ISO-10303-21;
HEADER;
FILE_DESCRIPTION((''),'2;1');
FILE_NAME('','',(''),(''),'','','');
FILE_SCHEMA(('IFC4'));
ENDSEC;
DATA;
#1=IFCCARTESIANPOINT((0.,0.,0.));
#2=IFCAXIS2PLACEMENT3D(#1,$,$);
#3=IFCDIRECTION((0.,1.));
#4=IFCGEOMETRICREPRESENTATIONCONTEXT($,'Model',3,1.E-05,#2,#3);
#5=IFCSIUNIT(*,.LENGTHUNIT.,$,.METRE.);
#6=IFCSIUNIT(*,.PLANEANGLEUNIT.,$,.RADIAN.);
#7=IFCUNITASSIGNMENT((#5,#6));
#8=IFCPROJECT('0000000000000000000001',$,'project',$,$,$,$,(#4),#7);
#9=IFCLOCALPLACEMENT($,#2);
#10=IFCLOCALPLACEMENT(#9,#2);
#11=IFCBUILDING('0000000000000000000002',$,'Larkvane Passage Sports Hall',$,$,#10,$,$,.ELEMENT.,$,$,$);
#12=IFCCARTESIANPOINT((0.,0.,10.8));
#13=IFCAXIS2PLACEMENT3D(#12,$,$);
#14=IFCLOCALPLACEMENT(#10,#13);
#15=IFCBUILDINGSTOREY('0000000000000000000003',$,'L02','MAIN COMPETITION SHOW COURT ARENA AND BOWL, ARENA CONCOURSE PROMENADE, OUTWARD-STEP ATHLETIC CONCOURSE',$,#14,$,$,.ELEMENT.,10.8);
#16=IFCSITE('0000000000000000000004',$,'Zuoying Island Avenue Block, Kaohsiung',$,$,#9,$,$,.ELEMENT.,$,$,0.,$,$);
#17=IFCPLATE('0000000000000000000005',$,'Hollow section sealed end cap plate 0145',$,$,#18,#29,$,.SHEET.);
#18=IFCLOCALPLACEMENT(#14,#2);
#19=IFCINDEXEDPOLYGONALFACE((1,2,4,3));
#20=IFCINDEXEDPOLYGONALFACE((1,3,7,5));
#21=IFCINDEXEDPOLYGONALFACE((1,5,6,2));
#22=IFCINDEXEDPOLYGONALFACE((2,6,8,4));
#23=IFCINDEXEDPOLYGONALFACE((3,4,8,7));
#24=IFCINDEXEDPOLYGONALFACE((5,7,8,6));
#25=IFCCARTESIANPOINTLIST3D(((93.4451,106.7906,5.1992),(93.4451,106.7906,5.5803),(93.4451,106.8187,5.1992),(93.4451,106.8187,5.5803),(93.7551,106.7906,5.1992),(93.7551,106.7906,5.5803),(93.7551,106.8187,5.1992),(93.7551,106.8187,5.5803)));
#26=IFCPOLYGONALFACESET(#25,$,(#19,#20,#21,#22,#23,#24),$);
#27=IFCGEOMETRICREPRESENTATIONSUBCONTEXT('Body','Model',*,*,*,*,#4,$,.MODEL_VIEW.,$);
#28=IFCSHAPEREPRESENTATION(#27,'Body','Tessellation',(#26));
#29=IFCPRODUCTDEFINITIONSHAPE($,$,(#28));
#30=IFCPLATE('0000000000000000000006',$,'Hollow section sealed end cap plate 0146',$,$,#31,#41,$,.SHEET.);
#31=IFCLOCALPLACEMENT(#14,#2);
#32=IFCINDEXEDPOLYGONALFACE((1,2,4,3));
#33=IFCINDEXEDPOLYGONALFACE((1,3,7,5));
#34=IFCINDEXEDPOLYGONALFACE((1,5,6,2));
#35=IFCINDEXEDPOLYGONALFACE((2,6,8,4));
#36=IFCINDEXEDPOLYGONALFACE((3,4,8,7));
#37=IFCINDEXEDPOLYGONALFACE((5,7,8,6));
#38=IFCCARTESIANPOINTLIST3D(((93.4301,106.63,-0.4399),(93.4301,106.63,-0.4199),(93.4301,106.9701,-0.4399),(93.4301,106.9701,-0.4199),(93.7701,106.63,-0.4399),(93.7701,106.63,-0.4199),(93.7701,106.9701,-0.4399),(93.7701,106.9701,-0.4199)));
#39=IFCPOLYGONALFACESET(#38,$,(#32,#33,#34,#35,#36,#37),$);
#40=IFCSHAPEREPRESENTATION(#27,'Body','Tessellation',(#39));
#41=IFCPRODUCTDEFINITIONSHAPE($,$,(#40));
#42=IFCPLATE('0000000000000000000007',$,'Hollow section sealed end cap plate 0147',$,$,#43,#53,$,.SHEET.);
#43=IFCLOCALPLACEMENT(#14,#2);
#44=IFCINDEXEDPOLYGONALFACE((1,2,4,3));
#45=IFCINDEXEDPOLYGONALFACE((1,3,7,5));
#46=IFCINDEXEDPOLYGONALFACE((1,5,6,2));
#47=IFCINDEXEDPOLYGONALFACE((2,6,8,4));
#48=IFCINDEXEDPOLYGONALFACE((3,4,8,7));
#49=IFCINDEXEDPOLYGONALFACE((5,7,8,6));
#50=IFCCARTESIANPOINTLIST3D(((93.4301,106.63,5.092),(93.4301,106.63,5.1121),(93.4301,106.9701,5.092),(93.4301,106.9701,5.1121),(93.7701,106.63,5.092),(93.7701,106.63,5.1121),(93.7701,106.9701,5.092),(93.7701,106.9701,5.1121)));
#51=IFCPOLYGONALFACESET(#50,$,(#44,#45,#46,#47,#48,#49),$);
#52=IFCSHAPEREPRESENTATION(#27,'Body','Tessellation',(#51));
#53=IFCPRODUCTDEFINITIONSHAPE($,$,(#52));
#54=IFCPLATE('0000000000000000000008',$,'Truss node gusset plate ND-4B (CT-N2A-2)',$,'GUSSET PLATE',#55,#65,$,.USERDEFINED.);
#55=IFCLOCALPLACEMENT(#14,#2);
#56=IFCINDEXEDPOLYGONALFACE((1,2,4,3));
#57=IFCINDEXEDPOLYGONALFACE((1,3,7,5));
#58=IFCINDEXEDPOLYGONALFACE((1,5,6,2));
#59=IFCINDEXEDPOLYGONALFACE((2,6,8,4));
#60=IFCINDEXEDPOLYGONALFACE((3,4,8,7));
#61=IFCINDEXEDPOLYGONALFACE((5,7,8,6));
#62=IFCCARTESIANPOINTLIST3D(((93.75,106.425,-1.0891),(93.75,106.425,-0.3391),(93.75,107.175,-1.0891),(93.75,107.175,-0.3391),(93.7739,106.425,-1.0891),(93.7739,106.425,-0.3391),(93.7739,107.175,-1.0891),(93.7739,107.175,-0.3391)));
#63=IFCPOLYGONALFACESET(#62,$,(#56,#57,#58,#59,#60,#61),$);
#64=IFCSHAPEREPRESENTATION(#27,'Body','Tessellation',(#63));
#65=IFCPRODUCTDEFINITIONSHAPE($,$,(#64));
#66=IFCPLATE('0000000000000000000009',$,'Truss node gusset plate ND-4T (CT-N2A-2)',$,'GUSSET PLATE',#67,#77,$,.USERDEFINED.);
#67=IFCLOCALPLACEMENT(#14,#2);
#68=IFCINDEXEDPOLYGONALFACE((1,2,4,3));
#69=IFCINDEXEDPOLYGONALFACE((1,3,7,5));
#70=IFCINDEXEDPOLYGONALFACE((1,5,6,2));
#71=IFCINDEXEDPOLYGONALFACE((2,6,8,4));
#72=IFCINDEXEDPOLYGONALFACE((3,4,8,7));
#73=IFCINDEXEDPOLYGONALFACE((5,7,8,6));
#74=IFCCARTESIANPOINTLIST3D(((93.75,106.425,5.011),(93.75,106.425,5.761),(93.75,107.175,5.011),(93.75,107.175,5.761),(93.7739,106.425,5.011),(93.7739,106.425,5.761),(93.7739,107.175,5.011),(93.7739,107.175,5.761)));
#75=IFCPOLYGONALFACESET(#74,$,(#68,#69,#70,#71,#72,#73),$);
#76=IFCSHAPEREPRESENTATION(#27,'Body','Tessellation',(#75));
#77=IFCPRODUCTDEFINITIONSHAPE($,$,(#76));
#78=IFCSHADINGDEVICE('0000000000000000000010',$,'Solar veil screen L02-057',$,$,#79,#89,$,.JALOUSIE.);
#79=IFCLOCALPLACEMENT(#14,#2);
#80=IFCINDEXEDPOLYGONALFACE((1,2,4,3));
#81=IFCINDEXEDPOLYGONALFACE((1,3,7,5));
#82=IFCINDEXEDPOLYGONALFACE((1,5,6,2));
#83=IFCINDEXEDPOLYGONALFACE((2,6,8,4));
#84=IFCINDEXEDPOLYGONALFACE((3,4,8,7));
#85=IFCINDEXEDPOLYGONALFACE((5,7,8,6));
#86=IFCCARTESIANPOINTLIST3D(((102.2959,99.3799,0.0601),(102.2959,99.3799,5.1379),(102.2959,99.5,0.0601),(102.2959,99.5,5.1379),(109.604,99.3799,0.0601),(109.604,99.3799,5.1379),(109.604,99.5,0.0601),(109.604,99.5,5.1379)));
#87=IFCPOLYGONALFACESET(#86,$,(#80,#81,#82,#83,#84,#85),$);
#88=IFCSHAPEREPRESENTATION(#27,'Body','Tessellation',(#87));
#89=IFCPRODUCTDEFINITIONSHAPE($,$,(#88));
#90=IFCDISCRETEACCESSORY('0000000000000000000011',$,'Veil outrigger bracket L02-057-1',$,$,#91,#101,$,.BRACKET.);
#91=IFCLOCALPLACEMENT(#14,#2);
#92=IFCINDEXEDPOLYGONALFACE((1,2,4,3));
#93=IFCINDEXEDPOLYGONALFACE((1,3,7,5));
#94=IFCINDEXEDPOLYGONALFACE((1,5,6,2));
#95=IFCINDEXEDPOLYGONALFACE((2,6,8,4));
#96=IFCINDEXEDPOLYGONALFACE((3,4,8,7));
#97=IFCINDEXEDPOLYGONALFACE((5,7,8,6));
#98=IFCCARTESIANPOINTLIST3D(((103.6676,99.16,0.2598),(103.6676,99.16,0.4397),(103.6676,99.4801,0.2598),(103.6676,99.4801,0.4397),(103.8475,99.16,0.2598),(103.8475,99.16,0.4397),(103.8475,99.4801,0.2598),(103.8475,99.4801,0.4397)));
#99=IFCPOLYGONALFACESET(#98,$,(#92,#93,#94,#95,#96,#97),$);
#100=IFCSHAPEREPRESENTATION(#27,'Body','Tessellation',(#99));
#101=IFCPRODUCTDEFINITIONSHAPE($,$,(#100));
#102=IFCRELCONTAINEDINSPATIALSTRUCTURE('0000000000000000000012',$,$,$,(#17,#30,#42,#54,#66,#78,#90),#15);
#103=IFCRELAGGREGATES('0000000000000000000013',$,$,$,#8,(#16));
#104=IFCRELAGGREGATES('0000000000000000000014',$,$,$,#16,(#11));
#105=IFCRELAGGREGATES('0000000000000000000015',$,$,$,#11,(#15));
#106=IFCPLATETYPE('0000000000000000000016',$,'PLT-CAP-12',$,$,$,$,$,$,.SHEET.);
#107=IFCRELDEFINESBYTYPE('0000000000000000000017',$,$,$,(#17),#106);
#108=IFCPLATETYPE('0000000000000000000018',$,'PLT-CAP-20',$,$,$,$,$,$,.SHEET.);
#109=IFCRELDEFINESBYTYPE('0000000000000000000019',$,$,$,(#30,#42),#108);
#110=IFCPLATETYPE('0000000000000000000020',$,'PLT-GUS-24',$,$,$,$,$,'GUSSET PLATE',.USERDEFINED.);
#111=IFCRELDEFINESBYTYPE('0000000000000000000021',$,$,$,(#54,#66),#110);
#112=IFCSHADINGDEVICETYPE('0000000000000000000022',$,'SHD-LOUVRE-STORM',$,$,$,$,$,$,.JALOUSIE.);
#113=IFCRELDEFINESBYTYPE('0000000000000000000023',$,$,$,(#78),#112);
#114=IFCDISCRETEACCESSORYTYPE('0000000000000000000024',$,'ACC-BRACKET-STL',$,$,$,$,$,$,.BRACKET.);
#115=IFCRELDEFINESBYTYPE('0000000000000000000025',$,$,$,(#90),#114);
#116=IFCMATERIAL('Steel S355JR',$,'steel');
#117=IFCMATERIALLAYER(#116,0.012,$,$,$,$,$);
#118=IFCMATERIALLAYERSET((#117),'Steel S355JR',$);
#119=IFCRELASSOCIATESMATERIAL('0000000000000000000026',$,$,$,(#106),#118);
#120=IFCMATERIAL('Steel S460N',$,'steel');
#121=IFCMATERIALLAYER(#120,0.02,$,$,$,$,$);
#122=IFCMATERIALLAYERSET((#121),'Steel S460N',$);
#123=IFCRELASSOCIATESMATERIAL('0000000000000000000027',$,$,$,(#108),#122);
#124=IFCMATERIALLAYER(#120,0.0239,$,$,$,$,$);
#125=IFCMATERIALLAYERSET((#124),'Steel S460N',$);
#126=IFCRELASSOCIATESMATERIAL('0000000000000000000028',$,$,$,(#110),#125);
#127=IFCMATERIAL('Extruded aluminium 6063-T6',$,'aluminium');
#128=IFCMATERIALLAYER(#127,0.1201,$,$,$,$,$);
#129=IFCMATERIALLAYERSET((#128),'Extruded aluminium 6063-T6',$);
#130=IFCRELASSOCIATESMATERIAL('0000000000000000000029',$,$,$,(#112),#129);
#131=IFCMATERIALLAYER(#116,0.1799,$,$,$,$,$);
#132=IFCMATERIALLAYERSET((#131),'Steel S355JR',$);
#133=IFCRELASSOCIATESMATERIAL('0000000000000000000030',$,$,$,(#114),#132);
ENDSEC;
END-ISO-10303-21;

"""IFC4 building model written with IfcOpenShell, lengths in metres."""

from ifc_helpers import new_model, si_unit, direction, frame, origin, origin_2d, place, context, subcontext, project, spatial, rectangle, extrude, material, layer, layer_set, type_object, element, save


model = new_model("IFC4")

# Units and contexts
model_context = context("Model", 3, precision=1e-05, world=origin(), true_north=direction((0.0, 1.0)))
body_context = subcontext(model_context, "Body", "Model", "MODEL_VIEW")
ifc_project = project(units=[si_unit("LENGTHUNIT", "METRE"), si_unit("PLANEANGLEUNIT", "RADIAN")], contexts=[model_context])

# Site, building, storey
site_placement = place(None, origin())
site = spatial("IfcSite", under=ifc_project, at=site_placement, Name="Zuoying Island Avenue Block, Kaohsiung", CompositionType="ELEMENT", RefElevation=0.0)
building_placement = place(site_placement, origin())
building = spatial("IfcBuilding", under=site, at=building_placement, Name="Larkvane Passage Sports Hall", CompositionType="ELEMENT")
storey_placement = place(building_placement, frame((0.0, 0.0, 10.8)))
storey = spatial("IfcBuildingStorey", under=building, at=storey_placement, Name="L02", Description="MAIN COMPETITION SHOW COURT ARENA AND BOWL, ARENA CONCOURSE PROMENADE, OUTWARD-STEP ATHLETIC CONCOURSE", CompositionType="ELEMENT", Elevation=10.8)

# Shared definitions
ifc_material_1 = material(Name="Steel S460N", Category="steel")

# Plates
ifc_material_2 = material(Name="Steel S355JR", Category="steel")
ifc_layer_1 = layer(ifc_material_2, 0.012)
ifc_layer_set_1 = layer_set([ifc_layer_1], Name="Steel S355JR")
plate_type_1 = type_object("IfcPlateType", Name="PLT-CAP-12", PredefinedType="SHEET", material=ifc_layer_set_1)
plate_1_placement = place(storey_placement, frame((93.6001, 106.8047, 5.1992), z_axis=(0.0, 0.0, 1.0), x_axis=(-1.0, 0.0, 0.0)))
element("IfcPlate", 1, at=plate_1_placement, inside=storey, type_object=plate_type_1, Name="Hollow section sealed end cap plate 0145", PredefinedType="SHEET", context=body_context, shape_type="SweptSolid", body=[
    extrude(rectangle(XDim=0.3101, YDim=0.0281, at=origin_2d()), origin(), (0.0, 0.0, 1.0), 0.3811),
])
ifc_layer_2 = layer(ifc_material_1, 0.02)
ifc_layer_set_2 = layer_set([ifc_layer_2], Name="Steel S460N")
plate_type_2 = type_object("IfcPlateType", Name="PLT-CAP-20", PredefinedType="SHEET", material=ifc_layer_set_2)
for number, where, z_axis, x_axis, name in (
    (2, (93.6001, 106.8, -0.4399), (0.0, 0.0, 1.0), (1.0, 0.0, 0.0), "Hollow section sealed end cap plate 0146"),
    (3, (93.6001, 106.8, 5.092), (0.0, 0.0, 1.0), (1.0, 0.0, 0.0), "Hollow section sealed end cap plate 0147"),
):
    element("IfcPlate", number, at=place(storey_placement, frame(where, z_axis=z_axis, x_axis=x_axis)), inside=storey, type_object=plate_type_2, Name=name, PredefinedType="SHEET", context=body_context, shape_type="SweptSolid", body=[
        extrude(rectangle(XDim=0.3401, YDim=0.3401, at=origin_2d()), origin(), (0.0, 0.0, 1.0), 0.02),
    ])
ifc_layer_3 = layer(ifc_material_1, 0.0239)
ifc_layer_set_3 = layer_set([ifc_layer_3], Name="Steel S460N")
plate_type_3 = type_object("IfcPlateType", Name="PLT-GUS-24", ElementType="GUSSET PLATE", PredefinedType="USERDEFINED", material=ifc_layer_set_3)
for number, where, z_axis, x_axis, name in (
    (4, (93.762, 106.8, -1.0891), (0.0, 0.0, 1.0), (0.0, 1.0, 0.0), "Truss node gusset plate ND-4B (CT-N2A-2)"),
    (5, (93.762, 106.8, 5.011), (0.0, 0.0, 1.0), (0.0, 1.0, 0.0), "Truss node gusset plate ND-4T (CT-N2A-2)"),
):
    element("IfcPlate", number, at=place(storey_placement, frame(where, z_axis=z_axis, x_axis=x_axis)), inside=storey, type_object=plate_type_3, Name=name, ObjectType="GUSSET PLATE", PredefinedType="USERDEFINED", context=body_context, shape_type="SweptSolid", body=[
        extrude(rectangle(XDim=0.75, YDim=0.0239, at=origin_2d()), origin(), (0.0, 0.0, 1.0), 0.75),
    ])

# Shading device
ifc_material_3 = material(Name="Extruded aluminium 6063-T6", Category="aluminium")
ifc_layer_4 = layer(ifc_material_3, 0.1201)
ifc_layer_set_4 = layer_set([ifc_layer_4], Name="Extruded aluminium 6063-T6")
shading_device_type = type_object("IfcShadingDeviceType", Name="SHD-LOUVRE-STORM", PredefinedType="JALOUSIE", material=ifc_layer_set_4)
shading_device_placement = place(storey_placement, frame((105.95, 99.4399, 0.0601), z_axis=(0.0, 0.0, 1.0), x_axis=(1.0, 0.0, 0.0)))
element("IfcShadingDevice", 6, at=shading_device_placement, inside=storey, type_object=shading_device_type, Name="Solar veil screen L02-057", PredefinedType="JALOUSIE", context=body_context, shape_type="SweptSolid", body=[
    extrude(rectangle(XDim=7.3081, YDim=0.1201, at=origin_2d()), origin(), (0.0, 0.0, 1.0), 5.0779),
])

# Discrete accessory
ifc_layer_5 = layer(ifc_material_2, 0.1799)
ifc_layer_set_5 = layer_set([ifc_layer_5], Name="Steel S355JR")
discrete_accessory_type = type_object("IfcDiscreteAccessoryType", Name="ACC-BRACKET-STL", PredefinedType="BRACKET", material=ifc_layer_set_5)
discrete_accessory_placement = place(storey_placement, frame((103.7576, 99.3201, 0.2598), z_axis=(0.0, 0.0, 1.0), x_axis=(1.0, 0.0, 0.0)))
element("IfcDiscreteAccessory", 7, at=discrete_accessory_placement, inside=storey, type_object=discrete_accessory_type, Name="Veil outrigger bracket L02-057-1", PredefinedType="BRACKET", context=body_context, shape_type="SweptSolid", body=[
    extrude(rectangle(XDim=0.1799, YDim=0.3201, at=origin_2d()), origin(), (0.0, 0.0, 1.0), 0.1799),
])

save(model, "model.ifc")
